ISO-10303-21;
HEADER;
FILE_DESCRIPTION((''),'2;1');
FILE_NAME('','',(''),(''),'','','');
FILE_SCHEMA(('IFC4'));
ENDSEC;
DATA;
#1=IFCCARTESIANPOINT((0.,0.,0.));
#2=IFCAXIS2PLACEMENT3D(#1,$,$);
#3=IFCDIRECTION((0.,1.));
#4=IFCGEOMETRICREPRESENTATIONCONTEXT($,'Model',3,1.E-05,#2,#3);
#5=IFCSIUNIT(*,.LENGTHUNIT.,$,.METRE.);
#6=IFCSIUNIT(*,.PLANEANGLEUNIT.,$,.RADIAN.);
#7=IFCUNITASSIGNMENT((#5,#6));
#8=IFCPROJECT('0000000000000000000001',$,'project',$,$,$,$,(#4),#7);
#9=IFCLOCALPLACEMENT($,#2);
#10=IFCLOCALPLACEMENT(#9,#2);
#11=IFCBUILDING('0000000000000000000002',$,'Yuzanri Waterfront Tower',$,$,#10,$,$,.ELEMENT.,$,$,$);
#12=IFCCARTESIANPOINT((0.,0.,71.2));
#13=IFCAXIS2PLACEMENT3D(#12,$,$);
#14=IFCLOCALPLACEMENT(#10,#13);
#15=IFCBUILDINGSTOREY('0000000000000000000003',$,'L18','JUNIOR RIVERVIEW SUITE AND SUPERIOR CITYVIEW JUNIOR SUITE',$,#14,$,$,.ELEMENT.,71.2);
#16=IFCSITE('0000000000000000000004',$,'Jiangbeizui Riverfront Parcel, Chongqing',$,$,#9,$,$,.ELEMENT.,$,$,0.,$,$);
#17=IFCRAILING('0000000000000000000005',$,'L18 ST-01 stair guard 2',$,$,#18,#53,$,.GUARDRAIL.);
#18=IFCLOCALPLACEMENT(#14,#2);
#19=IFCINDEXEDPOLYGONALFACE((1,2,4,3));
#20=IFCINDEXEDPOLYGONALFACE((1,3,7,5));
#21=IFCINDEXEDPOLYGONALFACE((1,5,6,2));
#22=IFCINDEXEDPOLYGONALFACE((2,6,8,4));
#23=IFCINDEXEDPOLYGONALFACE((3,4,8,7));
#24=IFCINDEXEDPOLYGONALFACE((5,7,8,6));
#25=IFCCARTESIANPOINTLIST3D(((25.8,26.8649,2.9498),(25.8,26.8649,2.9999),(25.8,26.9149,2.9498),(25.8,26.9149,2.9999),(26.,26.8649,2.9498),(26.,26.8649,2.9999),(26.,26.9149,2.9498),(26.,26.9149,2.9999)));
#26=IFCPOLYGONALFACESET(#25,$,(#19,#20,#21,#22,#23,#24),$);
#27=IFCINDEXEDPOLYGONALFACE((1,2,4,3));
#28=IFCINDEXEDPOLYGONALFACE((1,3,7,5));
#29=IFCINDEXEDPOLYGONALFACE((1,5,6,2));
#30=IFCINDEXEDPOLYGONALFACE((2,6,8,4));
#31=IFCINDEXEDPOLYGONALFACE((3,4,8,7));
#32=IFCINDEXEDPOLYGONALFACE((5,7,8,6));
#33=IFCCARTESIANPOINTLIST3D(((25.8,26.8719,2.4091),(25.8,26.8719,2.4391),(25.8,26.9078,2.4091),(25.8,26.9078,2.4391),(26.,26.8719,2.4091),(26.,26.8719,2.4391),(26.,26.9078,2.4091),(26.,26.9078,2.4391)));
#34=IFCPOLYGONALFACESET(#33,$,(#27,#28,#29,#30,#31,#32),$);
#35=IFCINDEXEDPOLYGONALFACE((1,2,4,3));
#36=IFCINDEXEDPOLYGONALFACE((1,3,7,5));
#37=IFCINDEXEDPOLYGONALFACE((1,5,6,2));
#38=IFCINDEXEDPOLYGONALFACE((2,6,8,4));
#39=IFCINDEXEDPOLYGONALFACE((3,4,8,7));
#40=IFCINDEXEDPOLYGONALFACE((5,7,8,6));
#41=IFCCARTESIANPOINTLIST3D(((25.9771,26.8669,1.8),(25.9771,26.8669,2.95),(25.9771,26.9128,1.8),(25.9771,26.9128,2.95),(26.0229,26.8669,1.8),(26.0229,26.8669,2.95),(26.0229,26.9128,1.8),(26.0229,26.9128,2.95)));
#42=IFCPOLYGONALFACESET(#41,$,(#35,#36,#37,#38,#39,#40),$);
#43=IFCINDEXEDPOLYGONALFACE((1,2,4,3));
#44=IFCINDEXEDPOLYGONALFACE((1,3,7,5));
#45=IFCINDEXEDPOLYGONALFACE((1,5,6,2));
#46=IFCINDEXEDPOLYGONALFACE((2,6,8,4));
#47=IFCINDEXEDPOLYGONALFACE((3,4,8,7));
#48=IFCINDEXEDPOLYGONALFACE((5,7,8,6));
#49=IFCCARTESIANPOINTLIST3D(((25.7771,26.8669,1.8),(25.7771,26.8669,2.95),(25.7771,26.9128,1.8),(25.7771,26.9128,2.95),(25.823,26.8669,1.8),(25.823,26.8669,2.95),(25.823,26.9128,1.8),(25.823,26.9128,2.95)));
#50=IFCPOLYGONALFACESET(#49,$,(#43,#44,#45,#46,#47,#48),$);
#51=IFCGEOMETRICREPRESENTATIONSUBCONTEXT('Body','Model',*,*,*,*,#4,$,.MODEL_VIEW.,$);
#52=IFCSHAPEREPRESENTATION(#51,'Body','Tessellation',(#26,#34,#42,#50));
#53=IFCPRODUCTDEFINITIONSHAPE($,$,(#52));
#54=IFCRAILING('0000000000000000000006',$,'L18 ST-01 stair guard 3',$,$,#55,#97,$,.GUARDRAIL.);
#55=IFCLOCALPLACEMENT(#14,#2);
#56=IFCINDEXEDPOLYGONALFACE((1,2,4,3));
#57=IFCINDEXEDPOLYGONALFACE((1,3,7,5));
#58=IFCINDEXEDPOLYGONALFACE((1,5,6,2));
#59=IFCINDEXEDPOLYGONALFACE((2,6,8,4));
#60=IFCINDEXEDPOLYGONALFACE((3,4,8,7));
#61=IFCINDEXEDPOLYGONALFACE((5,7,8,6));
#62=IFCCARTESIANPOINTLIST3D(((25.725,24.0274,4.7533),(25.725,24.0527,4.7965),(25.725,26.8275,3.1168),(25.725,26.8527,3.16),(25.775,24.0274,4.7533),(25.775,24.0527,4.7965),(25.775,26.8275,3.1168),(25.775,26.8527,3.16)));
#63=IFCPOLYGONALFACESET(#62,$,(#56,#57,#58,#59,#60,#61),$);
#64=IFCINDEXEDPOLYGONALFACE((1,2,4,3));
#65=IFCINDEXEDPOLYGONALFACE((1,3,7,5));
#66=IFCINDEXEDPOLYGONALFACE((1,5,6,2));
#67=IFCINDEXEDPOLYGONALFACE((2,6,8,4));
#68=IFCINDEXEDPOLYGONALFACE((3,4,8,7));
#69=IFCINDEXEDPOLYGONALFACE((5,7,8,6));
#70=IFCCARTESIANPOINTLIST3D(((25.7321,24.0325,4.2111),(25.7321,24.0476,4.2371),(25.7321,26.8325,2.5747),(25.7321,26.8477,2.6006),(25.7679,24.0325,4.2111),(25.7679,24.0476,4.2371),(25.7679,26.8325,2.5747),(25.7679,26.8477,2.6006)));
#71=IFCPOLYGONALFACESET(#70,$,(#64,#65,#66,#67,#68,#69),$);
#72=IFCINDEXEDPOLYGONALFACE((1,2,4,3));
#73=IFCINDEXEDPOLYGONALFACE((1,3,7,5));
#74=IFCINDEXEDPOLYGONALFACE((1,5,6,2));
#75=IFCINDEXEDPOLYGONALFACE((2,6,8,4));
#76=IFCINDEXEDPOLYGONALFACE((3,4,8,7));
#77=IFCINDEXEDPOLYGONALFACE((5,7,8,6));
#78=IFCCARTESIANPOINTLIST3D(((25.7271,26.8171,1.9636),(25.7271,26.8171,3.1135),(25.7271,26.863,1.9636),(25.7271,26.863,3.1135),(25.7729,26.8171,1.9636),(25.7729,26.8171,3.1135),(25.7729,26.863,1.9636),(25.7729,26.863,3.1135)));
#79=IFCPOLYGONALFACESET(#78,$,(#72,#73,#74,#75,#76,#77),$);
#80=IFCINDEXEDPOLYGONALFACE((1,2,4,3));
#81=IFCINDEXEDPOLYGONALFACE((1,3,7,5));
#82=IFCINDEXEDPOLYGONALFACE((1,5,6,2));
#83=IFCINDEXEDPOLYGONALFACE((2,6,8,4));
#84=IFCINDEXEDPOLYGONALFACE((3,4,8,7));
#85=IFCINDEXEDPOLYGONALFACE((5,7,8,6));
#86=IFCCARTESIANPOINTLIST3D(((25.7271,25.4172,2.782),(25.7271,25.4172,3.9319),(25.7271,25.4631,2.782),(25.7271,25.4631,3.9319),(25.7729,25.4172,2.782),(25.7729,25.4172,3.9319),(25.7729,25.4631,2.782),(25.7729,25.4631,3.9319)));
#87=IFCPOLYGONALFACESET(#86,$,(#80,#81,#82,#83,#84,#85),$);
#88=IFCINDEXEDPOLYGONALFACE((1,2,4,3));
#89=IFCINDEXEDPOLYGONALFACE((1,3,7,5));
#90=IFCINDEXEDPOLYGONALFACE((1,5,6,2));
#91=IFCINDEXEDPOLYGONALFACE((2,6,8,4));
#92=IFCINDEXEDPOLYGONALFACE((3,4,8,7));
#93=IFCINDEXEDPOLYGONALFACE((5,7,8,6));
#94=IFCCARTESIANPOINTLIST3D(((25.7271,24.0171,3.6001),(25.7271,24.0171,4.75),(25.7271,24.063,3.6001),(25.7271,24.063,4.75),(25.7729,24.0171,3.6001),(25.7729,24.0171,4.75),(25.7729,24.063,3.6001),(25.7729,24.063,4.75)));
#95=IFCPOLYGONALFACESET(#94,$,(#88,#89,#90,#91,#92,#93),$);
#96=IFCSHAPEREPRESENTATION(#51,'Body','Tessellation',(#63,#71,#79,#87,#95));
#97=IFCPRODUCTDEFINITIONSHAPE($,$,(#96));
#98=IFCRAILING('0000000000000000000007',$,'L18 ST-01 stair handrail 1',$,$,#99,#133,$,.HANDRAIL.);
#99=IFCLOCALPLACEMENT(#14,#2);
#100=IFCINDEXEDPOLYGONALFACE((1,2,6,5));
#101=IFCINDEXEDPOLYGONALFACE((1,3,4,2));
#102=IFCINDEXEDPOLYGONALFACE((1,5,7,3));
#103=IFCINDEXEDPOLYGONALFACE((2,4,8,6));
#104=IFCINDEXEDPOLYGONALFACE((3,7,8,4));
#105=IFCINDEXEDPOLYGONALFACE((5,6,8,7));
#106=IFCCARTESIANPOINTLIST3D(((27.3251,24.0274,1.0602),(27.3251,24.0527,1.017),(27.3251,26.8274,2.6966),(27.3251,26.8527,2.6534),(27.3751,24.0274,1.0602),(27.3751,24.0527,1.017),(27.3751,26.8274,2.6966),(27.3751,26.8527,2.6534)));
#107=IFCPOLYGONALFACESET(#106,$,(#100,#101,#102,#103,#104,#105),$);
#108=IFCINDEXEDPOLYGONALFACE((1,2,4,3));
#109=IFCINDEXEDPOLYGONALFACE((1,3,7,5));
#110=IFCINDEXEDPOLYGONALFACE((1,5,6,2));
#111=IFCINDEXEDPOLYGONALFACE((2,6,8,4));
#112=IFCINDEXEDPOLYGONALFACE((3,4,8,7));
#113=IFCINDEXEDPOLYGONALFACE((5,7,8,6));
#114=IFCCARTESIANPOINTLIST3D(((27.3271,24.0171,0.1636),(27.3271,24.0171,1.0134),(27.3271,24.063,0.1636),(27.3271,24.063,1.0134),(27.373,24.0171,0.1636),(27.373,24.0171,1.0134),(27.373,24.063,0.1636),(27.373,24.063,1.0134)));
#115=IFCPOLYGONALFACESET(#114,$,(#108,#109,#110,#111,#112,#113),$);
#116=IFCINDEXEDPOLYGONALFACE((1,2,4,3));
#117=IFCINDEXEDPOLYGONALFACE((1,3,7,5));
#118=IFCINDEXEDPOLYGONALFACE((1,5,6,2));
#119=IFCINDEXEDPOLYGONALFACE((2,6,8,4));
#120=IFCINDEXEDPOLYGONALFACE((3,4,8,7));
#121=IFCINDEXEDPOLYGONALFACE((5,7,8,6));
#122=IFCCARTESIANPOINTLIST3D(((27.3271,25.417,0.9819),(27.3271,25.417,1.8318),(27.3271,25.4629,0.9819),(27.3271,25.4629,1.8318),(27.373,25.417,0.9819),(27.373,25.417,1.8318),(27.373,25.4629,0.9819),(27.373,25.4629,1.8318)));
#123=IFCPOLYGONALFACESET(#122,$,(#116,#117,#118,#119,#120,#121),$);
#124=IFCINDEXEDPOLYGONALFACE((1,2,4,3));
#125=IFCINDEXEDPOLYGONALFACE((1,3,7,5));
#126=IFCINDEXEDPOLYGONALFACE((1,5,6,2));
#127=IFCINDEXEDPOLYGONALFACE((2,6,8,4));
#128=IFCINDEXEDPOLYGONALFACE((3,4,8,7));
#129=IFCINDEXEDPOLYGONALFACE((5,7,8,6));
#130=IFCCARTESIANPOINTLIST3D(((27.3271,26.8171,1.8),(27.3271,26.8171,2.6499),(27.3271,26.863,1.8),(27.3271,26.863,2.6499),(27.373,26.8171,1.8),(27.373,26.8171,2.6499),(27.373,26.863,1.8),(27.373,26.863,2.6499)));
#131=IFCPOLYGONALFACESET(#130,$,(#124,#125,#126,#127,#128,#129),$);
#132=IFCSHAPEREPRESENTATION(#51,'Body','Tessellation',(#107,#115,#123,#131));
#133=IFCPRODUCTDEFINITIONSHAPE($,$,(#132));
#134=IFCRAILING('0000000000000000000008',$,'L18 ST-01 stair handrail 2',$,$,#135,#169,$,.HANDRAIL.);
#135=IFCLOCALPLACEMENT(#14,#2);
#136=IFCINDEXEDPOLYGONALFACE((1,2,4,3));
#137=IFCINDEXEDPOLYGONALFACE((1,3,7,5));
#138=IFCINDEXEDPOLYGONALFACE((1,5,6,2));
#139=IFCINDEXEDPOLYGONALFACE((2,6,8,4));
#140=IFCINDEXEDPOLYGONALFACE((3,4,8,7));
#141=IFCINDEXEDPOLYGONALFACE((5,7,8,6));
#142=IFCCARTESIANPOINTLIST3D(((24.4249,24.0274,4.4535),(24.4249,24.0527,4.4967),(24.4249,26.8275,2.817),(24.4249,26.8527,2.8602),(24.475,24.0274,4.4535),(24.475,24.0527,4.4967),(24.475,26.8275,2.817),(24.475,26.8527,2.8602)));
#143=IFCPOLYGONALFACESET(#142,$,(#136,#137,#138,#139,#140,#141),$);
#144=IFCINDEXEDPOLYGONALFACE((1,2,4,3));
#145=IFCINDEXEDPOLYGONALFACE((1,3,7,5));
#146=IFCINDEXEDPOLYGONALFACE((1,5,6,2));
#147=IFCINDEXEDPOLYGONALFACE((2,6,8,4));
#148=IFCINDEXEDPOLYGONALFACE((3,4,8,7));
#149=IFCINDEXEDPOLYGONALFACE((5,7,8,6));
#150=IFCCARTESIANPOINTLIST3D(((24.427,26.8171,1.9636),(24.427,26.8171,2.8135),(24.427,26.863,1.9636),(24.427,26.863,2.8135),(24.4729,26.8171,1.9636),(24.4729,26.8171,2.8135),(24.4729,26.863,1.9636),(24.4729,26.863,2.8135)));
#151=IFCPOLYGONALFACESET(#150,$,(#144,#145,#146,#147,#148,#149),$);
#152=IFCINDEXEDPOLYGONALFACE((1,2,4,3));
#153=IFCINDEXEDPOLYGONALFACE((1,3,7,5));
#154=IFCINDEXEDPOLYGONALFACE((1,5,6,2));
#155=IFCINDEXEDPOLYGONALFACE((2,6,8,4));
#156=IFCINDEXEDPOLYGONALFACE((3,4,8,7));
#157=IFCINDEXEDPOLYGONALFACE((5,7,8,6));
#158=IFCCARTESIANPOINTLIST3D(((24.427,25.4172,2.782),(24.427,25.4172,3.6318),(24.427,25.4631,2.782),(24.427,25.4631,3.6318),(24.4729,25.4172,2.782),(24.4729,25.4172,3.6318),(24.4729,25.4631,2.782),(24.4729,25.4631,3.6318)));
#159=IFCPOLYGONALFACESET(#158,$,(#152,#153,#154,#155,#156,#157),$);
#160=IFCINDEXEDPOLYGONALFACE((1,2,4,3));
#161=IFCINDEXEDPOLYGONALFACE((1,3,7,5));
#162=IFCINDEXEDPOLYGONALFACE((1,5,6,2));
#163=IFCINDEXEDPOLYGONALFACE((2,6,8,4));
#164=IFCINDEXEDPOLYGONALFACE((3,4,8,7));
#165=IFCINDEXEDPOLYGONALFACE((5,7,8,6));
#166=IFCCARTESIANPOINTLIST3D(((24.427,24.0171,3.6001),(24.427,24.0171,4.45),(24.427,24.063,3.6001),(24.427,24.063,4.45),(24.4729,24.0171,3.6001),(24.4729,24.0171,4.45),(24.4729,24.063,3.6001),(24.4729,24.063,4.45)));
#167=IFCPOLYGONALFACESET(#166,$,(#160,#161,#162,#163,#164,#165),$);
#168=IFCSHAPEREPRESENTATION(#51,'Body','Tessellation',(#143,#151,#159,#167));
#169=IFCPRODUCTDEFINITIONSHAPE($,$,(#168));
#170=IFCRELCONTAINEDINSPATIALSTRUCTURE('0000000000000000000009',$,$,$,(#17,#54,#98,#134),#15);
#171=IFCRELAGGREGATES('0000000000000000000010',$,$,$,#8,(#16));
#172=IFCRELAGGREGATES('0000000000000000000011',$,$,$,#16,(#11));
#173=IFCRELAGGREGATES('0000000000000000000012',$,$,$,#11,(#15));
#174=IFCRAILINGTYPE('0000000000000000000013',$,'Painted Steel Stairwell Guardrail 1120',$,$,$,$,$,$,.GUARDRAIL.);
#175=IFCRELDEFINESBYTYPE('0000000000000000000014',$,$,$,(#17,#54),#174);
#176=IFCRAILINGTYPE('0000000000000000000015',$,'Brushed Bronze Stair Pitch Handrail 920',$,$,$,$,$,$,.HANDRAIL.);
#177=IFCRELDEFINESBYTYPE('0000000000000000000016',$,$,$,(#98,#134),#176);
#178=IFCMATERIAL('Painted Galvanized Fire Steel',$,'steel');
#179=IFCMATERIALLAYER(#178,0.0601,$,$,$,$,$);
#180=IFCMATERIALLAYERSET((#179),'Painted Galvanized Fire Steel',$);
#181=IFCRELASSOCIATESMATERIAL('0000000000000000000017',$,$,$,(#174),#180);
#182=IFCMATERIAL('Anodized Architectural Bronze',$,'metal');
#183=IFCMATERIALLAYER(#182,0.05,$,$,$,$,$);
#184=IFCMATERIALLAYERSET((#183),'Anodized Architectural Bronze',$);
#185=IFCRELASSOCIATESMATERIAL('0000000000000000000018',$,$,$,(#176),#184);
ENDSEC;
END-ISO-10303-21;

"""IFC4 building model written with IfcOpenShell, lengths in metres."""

from ifc_helpers import new_model, si_unit, direction, frame, origin, origin_2d, place, context, subcontext, project, spatial, rectangle, extrude, source, transform, mapped, material, layer, layer_set, type_object, element, save


model = new_model("IFC4")

# Units and contexts
model_context = context("Model", 3, precision=1e-05, world=origin(), true_north=direction((0.0, 1.0)))
body_context = subcontext(model_context, "Body", "Model", "MODEL_VIEW")
ifc_project = project(units=[si_unit("LENGTHUNIT", "METRE"), si_unit("PLANEANGLEUNIT", "RADIAN")], contexts=[model_context])

# Site, building, storey
site_placement = place(None, origin())
site = spatial("IfcSite", under=ifc_project, at=site_placement, Name="Jiangbeizui Riverfront Parcel, Chongqing", CompositionType="ELEMENT", RefElevation=0.0)
building_placement = place(site_placement, origin())
building = spatial("IfcBuilding", under=site, at=building_placement, Name="Yuzanri Waterfront Tower", CompositionType="ELEMENT")
storey_placement = place(building_placement, frame((0.0, 0.0, 71.2)))
storey = spatial("IfcBuildingStorey", under=building, at=storey_placement, Name="L18", Description="JUNIOR RIVERVIEW SUITE AND SUPERIOR CITYVIEW JUNIOR SUITE", CompositionType="ELEMENT", Elevation=71.2)

# Railings
ifc_material_1 = material(Name="Painted Galvanized Fire Steel", Category="steel")
ifc_layer_1 = layer(ifc_material_1, 0.0601)
ifc_layer_set_1 = layer_set([ifc_layer_1], Name="Painted Galvanized Fire Steel")
railing_type_1 = type_object("IfcRailingType", Name="Painted Steel Stairwell Guardrail 1120", PredefinedType="GUARDRAIL", material=ifc_layer_set_1)
shared_shape_1 = source(origin(), body_context, "Body", "SweptSolid", [
    extrude(rectangle(XDim=0.05, YDim=0.05, at=origin_2d()), frame((0.0, 0.0, 1.1748), z_axis=(-1.0, 0.0, 0.0), x_axis=(0.0, -1.0, 0.0)), (0.0, 0.0, 1.0), 0.2),
    extrude(rectangle(XDim=0.0359, YDim=0.03, at=origin_2d()), frame((0.0, 0.0, 0.624), z_axis=(-1.0, 0.0, 0.0), x_axis=(0.0, -1.0, 0.0)), (0.0, 0.0, 1.0), 0.2),
    extrude(rectangle(XDim=0.0459, YDim=0.0459, at=origin_2d()), origin(), (0.0, 0.0, 1.0), 1.1499),
    extrude(rectangle(XDim=0.0459, YDim=0.0459, at=origin_2d()), frame((-0.2, 0.0, 0.0)), (0.0, 0.0, 1.0), 1.1499),
])
railing_1_placement = place(storey_placement, frame((26.0, 26.8899, 1.8)))
element("IfcRailing", 1, at=railing_1_placement, inside=storey, type_object=railing_type_1, Name="L18 ST-01 stair guard 2", PredefinedType="GUARDRAIL", context=body_context, shape_type="MappedRepresentation", body=[
    mapped(shared_shape_1, transform((0.0, 0.0, 0.0), scale=1.0)),
])
shared_shape_2 = source(origin(), body_context, "Body", "SweptSolid", [
    extrude(rectangle(XDim=0.05, YDim=0.05, at=origin_2d()), frame((0.0, 0.0, 1.1748), z_axis=(0.0, -0.863361, 0.504587), x_axis=(1.0, 0.0, 0.0)), (0.0, 0.0, 1.0), 3.2432),
    extrude(rectangle(XDim=0.0359, YDim=0.03, at=origin_2d()), frame((0.0, 0.0, 0.624), z_axis=(0.0, -0.863361, 0.504587), x_axis=(1.0, 0.0, 0.0)), (0.0, 0.0, 1.0), 3.2432),
    extrude(rectangle(XDim=0.0459, YDim=0.0459, at=origin_2d()), origin(), (0.0, 0.0, 1.0), 1.1499),
    extrude(rectangle(XDim=0.0459, YDim=0.0459, at=origin_2d()), frame((0.0, -1.3999, 0.8184)), (0.0, 0.0, 1.0), 1.1499),
    extrude(rectangle(XDim=0.0459, YDim=0.0459, at=origin_2d()), frame((0.0, -2.8, 1.6365)), (0.0, 0.0, 1.0), 1.1499),
])
railing_2_placement = place(storey_placement, frame((25.75, 26.8401, 1.9636)))
element("IfcRailing", 2, at=railing_2_placement, inside=storey, type_object=railing_type_1, Name="L18 ST-01 stair guard 3", PredefinedType="GUARDRAIL", context=body_context, shape_type="MappedRepresentation", body=[
    mapped(shared_shape_2, transform((0.0, 0.0, 0.0), scale=1.0)),
])
ifc_material_2 = material(Name="Anodized Architectural Bronze", Category="metal")
ifc_layer_2 = layer(ifc_material_2, 0.05)
ifc_layer_set_2 = layer_set([ifc_layer_2], Name="Anodized Architectural Bronze")
railing_type_2 = type_object("IfcRailingType", Name="Brushed Bronze Stair Pitch Handrail 920", PredefinedType="HANDRAIL", material=ifc_layer_set_2)
shared_shape_3 = source(origin(), body_context, "Body", "SweptSolid", [
    extrude(rectangle(XDim=0.05, YDim=0.05, at=origin_2d()), frame((0.0, 0.0, 0.875), z_axis=(0.0, 0.863361, 0.504587), x_axis=(-1.0, 0.0, 0.0)), (0.0, 0.0, 1.0), 3.2432),
    extrude(rectangle(XDim=0.0459, YDim=0.0459, at=origin_2d()), origin(), (0.0, 0.0, 1.0), 0.8499),
    extrude(rectangle(XDim=0.0459, YDim=0.0459, at=origin_2d()), frame((0.0, 1.3999, 0.8184)), (0.0, 0.0, 1.0), 0.8499),
    extrude(rectangle(XDim=0.0459, YDim=0.0459, at=origin_2d()), frame((0.0, 2.8, 1.6365)), (0.0, 0.0, 1.0), 0.8499),
])
railing_3_placement = place(storey_placement, frame((27.3501, 24.04, 0.1636)))
element("IfcRailing", 3, at=railing_3_placement, inside=storey, type_object=railing_type_2, Name="L18 ST-01 stair handrail 1", PredefinedType="HANDRAIL", context=body_context, shape_type="MappedRepresentation", body=[
    mapped(shared_shape_3, transform((0.0, 0.0, 0.0), scale=1.0)),
])
shared_shape_4 = source(origin(), body_context, "Body", "SweptSolid", [
    extrude(rectangle(XDim=0.05, YDim=0.05, at=origin_2d()), frame((0.0, 0.0, 0.875), z_axis=(0.0, -0.863361, 0.504587), x_axis=(1.0, 0.0, 0.0)), (0.0, 0.0, 1.0), 3.2432),
    extrude(rectangle(XDim=0.0459, YDim=0.0459, at=origin_2d()), origin(), (0.0, 0.0, 1.0), 0.8499),
    extrude(rectangle(XDim=0.0459, YDim=0.0459, at=origin_2d()), frame((0.0, -1.3999, 0.8184)), (0.0, 0.0, 1.0), 0.8499),
    extrude(rectangle(XDim=0.0459, YDim=0.0459, at=origin_2d()), frame((0.0, -2.8, 1.6365)), (0.0, 0.0, 1.0), 0.8499),
])
railing_4_placement = place(storey_placement, frame((24.45, 26.8401, 1.9636)))
element("IfcRailing", 4, at=railing_4_placement, inside=storey, type_object=railing_type_2, Name="L18 ST-01 stair handrail 2", PredefinedType="HANDRAIL", context=body_context, shape_type="MappedRepresentation", body=[
    mapped(shared_shape_4, transform((0.0, 0.0, 0.0), scale=1.0)),
])

save(model, "model.ifc")
